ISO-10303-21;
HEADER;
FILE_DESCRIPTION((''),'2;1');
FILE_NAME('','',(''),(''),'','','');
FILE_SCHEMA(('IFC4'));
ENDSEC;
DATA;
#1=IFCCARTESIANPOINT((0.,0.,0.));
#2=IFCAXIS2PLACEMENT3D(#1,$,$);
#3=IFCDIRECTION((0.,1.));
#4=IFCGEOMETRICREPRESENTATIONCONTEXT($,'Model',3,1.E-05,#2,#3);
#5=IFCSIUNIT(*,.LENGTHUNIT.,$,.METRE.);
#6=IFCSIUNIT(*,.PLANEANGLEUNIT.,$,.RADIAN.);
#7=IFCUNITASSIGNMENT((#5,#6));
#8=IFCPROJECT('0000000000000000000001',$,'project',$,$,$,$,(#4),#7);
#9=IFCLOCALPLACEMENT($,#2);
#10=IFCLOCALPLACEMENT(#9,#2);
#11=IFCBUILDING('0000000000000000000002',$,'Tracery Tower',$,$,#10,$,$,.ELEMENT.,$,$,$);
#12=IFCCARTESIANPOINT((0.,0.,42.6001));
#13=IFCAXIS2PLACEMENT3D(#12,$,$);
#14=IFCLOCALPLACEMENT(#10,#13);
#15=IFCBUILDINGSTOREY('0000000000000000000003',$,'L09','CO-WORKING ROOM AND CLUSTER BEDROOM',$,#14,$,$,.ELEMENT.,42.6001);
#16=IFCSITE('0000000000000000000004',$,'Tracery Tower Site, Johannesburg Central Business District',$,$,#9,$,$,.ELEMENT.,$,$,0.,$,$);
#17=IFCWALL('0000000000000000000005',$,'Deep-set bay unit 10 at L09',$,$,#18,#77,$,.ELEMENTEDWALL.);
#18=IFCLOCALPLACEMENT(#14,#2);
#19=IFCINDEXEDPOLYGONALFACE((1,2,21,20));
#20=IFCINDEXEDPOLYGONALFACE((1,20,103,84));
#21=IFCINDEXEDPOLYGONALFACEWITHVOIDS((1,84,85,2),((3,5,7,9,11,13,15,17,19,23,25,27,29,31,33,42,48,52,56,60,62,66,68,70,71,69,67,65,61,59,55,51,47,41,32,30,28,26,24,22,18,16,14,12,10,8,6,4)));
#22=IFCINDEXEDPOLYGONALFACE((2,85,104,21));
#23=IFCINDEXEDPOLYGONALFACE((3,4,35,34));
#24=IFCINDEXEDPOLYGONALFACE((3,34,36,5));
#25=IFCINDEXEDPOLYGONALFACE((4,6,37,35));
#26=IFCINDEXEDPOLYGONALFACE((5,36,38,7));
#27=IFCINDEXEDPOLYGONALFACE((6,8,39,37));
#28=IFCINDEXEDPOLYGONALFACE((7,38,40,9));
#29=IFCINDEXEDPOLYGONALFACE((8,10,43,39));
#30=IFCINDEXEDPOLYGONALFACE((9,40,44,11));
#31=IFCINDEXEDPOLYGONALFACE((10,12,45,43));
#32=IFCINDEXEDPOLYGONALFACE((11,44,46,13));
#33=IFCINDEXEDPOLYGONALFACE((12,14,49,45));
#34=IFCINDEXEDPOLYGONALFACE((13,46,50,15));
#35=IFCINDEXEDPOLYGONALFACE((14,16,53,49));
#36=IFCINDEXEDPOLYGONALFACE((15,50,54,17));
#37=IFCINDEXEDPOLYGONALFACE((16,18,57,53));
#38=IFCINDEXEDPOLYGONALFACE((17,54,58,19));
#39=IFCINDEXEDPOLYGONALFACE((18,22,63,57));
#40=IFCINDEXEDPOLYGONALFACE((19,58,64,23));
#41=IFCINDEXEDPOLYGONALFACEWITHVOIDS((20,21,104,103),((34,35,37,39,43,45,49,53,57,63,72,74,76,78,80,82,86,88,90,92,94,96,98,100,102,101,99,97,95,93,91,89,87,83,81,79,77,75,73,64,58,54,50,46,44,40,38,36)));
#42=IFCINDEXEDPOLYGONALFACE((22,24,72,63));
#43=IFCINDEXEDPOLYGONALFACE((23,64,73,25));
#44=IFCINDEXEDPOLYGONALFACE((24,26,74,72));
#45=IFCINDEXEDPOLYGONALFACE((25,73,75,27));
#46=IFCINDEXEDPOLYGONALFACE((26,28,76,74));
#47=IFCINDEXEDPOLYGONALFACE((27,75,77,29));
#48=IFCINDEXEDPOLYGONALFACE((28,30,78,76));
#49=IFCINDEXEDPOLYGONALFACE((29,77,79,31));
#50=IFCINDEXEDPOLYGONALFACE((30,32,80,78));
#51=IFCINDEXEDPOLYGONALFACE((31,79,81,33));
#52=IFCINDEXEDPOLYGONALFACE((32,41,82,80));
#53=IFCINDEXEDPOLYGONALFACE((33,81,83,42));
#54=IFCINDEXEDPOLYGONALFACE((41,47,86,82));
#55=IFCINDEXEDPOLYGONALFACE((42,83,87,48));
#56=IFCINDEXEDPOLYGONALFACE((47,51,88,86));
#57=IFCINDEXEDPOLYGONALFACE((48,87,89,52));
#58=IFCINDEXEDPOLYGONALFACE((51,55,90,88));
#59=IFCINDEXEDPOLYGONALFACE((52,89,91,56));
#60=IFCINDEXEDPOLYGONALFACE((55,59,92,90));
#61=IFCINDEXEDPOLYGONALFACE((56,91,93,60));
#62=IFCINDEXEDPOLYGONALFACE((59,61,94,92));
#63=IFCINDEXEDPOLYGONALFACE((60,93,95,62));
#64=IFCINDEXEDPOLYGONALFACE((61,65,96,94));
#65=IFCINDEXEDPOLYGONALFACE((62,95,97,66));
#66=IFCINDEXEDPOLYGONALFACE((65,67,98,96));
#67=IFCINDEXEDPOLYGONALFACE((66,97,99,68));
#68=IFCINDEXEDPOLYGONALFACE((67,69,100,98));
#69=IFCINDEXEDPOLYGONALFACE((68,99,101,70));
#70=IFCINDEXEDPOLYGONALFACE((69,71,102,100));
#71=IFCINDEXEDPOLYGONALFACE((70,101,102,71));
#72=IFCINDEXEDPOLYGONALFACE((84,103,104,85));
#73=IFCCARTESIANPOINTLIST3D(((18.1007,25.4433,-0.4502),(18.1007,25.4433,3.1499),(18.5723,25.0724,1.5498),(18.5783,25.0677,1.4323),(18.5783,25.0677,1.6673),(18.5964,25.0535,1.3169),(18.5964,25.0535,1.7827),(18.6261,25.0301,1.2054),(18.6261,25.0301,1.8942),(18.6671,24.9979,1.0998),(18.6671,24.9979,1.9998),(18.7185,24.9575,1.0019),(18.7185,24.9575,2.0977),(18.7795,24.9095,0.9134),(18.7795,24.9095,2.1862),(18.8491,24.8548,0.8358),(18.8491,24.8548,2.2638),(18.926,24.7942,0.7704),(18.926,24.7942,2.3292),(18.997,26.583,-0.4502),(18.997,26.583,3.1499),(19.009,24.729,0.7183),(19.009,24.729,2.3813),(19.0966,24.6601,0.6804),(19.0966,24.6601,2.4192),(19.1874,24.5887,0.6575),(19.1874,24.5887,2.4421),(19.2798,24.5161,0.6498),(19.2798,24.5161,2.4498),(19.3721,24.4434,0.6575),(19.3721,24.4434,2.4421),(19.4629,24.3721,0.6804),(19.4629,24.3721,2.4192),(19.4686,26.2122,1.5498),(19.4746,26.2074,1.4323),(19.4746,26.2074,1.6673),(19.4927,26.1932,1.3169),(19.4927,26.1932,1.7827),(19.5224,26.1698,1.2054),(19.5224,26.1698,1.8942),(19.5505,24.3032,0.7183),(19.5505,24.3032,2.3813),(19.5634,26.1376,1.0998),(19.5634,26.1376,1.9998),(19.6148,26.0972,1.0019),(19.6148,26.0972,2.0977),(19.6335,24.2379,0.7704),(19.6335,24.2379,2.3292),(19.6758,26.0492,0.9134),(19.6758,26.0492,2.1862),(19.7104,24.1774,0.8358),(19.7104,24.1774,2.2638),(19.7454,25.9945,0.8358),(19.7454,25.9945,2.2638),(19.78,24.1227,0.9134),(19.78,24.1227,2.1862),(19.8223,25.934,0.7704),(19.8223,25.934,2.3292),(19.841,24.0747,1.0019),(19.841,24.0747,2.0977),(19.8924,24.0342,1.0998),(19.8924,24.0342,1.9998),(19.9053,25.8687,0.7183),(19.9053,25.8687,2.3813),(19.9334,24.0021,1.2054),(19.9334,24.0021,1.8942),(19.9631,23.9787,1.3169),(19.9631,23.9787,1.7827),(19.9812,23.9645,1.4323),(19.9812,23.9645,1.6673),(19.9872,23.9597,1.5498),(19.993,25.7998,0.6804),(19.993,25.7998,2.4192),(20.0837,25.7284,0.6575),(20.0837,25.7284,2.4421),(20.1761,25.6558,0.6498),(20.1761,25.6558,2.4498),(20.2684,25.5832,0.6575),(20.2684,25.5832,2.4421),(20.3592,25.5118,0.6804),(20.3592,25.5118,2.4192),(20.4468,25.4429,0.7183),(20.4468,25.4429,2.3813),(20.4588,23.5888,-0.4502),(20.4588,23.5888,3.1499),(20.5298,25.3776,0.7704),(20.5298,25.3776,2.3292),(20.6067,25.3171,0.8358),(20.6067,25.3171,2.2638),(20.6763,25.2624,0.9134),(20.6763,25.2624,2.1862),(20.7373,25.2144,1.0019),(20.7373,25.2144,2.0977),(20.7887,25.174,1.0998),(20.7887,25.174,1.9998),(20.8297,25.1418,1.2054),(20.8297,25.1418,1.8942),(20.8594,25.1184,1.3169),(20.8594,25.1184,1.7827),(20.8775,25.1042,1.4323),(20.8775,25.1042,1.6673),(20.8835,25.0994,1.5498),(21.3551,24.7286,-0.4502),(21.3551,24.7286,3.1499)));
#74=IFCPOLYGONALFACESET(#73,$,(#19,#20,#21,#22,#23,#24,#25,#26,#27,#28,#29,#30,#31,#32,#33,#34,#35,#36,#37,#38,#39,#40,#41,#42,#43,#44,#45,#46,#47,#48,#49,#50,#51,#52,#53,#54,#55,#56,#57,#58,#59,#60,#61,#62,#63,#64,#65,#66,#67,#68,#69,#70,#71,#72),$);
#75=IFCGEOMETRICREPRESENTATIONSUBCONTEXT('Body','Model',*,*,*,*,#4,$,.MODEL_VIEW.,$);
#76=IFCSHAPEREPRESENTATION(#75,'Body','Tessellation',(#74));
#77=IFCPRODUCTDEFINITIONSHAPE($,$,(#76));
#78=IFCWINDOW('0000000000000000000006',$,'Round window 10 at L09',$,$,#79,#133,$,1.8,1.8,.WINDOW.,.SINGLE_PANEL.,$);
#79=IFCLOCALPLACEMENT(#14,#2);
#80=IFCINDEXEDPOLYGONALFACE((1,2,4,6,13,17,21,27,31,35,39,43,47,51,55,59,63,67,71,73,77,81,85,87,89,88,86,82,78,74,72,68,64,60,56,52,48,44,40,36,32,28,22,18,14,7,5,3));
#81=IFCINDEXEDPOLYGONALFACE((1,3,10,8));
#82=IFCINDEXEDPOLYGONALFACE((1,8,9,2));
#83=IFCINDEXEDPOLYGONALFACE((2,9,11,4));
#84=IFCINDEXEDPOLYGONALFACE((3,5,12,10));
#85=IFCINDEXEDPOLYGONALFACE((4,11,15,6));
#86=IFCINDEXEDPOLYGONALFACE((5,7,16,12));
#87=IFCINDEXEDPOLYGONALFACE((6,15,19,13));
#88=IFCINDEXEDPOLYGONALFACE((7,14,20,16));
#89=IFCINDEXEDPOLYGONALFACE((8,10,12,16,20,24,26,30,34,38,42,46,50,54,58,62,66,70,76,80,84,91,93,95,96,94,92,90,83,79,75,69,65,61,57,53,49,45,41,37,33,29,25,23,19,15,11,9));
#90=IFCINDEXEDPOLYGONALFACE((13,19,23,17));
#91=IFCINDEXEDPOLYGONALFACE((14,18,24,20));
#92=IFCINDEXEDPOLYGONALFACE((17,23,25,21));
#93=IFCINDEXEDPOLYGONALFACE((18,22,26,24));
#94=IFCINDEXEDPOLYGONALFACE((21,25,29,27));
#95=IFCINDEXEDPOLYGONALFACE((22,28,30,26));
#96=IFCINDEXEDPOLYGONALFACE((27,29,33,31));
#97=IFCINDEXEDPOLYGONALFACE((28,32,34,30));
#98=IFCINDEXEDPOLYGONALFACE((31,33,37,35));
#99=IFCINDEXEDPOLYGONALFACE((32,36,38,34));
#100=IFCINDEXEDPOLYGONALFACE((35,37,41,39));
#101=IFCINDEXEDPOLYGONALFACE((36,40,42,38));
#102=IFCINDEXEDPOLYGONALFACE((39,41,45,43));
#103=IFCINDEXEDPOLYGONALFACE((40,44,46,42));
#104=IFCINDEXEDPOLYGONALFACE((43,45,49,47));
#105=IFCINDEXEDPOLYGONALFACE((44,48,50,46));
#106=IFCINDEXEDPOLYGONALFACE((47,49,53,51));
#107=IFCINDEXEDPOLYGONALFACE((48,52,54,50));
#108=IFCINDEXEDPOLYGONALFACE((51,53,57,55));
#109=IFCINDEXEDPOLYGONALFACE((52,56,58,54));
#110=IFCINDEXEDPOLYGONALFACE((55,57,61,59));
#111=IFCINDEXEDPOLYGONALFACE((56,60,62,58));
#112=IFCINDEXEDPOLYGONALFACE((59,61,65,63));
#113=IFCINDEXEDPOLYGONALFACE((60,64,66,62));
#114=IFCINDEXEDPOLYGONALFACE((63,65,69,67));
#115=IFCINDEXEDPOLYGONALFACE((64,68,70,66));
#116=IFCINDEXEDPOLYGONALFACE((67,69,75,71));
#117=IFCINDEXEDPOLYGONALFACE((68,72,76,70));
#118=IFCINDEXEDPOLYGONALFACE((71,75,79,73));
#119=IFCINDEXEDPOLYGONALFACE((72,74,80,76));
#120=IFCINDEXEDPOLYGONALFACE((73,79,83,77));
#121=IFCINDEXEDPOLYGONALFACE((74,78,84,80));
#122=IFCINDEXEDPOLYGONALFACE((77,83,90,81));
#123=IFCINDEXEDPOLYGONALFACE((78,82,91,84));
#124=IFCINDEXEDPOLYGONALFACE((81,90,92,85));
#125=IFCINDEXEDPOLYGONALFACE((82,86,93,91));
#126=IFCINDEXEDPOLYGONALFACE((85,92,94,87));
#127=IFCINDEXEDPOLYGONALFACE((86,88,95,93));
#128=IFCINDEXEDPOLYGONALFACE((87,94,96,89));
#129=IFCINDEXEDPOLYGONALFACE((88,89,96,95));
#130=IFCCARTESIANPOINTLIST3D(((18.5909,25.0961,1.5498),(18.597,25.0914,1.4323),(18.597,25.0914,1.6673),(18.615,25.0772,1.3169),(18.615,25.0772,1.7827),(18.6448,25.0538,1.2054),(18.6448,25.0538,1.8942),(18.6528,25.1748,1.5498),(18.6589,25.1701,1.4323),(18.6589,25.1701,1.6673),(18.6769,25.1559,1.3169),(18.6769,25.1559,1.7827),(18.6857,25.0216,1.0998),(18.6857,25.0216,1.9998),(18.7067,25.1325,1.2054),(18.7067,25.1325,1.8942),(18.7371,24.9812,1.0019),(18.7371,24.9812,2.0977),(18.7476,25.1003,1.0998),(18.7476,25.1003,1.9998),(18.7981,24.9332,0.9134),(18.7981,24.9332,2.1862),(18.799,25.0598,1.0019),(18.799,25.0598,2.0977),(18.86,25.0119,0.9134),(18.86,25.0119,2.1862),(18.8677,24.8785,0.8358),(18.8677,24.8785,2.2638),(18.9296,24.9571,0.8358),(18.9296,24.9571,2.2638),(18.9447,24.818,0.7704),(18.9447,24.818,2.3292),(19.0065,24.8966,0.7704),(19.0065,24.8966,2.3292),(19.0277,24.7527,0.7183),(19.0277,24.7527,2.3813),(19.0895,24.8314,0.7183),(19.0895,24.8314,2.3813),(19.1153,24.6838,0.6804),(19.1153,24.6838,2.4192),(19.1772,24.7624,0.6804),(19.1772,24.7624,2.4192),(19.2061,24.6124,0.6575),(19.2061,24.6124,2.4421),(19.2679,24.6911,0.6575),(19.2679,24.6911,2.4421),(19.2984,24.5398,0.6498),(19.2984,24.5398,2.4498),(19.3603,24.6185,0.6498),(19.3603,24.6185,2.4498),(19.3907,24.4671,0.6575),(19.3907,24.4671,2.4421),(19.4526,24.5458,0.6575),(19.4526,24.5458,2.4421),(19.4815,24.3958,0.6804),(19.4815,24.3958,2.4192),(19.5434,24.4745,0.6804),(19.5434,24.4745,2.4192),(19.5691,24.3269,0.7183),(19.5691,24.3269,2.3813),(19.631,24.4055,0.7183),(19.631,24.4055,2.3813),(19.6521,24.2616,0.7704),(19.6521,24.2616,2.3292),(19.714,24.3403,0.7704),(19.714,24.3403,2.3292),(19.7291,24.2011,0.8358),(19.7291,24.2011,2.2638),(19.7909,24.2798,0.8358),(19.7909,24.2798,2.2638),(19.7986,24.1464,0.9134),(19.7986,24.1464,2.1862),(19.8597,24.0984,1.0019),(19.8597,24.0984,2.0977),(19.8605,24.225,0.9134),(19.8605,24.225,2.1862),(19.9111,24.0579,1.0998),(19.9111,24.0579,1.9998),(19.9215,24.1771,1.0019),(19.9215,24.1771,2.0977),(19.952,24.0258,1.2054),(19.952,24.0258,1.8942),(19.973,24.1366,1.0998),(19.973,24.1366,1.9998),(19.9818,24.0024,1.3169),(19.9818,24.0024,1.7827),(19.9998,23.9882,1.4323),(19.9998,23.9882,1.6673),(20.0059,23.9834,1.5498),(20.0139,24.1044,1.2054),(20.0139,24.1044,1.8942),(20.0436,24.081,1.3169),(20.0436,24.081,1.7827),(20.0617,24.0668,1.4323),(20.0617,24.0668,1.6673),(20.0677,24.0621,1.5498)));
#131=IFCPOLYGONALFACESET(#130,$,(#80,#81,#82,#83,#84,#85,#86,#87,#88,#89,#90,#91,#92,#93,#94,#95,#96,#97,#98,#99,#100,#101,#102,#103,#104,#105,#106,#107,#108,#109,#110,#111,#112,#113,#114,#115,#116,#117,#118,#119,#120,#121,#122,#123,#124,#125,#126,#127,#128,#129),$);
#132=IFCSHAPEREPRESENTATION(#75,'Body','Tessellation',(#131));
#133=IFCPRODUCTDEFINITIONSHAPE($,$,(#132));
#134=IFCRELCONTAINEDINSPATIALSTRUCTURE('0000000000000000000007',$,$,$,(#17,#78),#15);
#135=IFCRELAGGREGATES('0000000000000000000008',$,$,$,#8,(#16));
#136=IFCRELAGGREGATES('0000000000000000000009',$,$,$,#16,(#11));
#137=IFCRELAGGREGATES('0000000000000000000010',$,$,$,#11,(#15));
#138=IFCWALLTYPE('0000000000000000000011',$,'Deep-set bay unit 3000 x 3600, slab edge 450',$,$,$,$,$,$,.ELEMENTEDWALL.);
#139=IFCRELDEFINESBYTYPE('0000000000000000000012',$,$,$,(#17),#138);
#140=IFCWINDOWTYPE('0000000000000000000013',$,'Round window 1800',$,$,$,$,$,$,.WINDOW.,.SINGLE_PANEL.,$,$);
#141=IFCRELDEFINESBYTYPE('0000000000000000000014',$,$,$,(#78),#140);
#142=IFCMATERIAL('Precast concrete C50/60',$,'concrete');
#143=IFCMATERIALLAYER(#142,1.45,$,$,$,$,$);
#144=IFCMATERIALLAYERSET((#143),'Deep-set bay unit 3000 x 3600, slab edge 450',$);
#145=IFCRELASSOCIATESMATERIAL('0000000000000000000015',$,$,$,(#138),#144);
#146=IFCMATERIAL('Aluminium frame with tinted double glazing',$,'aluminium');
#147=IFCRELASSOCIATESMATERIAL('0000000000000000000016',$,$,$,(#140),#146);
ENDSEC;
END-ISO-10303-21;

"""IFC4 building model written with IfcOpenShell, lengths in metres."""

from ifc_helpers import new_model, si_unit, direction, frame, frame_2d, origin, origin_2d, place, context, subcontext, project, spatial, rectangle, circle, extrude, material, layer, layer_set, type_object, element, fill, save


model = new_model("IFC4")

# Units and contexts
model_context = context("Model", 3, precision=1e-05, world=origin(), true_north=direction((0.0, 1.0)))
body_context = subcontext(model_context, "Body", "Model", "MODEL_VIEW")
ifc_project = project(units=[si_unit("LENGTHUNIT", "METRE"), si_unit("PLANEANGLEUNIT", "RADIAN")], contexts=[model_context])

# Site, building, storey
site_placement = place(None, origin())
site = spatial("IfcSite", under=ifc_project, at=site_placement, Name="Tracery Tower Site, Johannesburg Central Business District", CompositionType="ELEMENT", RefElevation=0.0)
building_placement = place(site_placement, origin())
building = spatial("IfcBuilding", under=site, at=building_placement, Name="Tracery Tower", CompositionType="ELEMENT")
storey_placement = place(building_placement, frame((0.0, 0.0, 42.6001)))
storey = spatial("IfcBuildingStorey", under=building, at=storey_placement, Name="L09", Description="CO-WORKING ROOM AND CLUSTER BEDROOM", CompositionType="ELEMENT", Elevation=42.6001)

# Wall, opening, window
ifc_material_1 = material(Name="Precast concrete C50/60", Category="concrete")
ifc_layer_1 = layer(ifc_material_1, 1.45)
ifc_layer_set_1 = layer_set([ifc_layer_1], Name="Deep-set bay unit 3000 x 3600, slab edge 450")
wall_type_1 = type_object("IfcWallType", Name="Deep-set bay unit 3000 x 3600, slab edge 450", PredefinedType="ELEMENTEDWALL", material=ifc_layer_set_1)
wall_1_placement = place(storey_placement, frame((20.907, 24.1587, -0.4502), z_axis=(0.0, 0.0, 1.0), x_axis=(-0.78605, 0.618163, 0.0)))
wall_1 = element("IfcWall", 1, at=wall_1_placement, inside=storey, type_object=wall_type_1, Name="Deep-set bay unit 10 at L09", PredefinedType="ELEMENTEDWALL", context=body_context, shape_type="SweptSolid", body=[
    extrude(rectangle(XDim=3.0, YDim=1.45, at=frame_2d((1.5, 0.0))), origin(), (0.0, 0.0, 1.0), 3.6001),
])
opening_1_placement = place(wall_1_placement, frame((1.5, 0.0, 2.0)))
opening_1 = element("IfcOpeningElement", 2, at=opening_1_placement, cuts=wall_1, PredefinedType="OPENING", context=body_context, shape_type="SweptSolid", body=[
    extrude(circle(Radius=0.9, at=origin_2d()), frame((0.0, 0.7349, 0.0), z_axis=(0.0, -1.0, 0.0), x_axis=(1.0, 0.0, 0.0)), (0.0, 0.0, 1.0), 1.47),
])
ifc_material_2 = material(Name="Aluminium frame with tinted double glazing", Category="aluminium")
window_type = type_object("IfcWindowType", Name="Round window 1800", PartitioningType="SINGLE_PANEL", PredefinedType="WINDOW", material=ifc_material_2)
window_1_placement = place(opening_1_placement, origin())
window_1 = element("IfcWindow", 3, at=window_1_placement, inside=storey, type_object=window_type, Name="Round window 10 at L09", OverallHeight=1.8, OverallWidth=1.8, PartitioningType="SINGLE_PANEL", PredefinedType="WINDOW", context=body_context, shape_type="SweptSolid", body=[
    extrude(circle(Radius=0.9, at=origin_2d()), frame((0.0, 0.6948, 0.0), z_axis=(0.0, -1.0, 0.0), x_axis=(1.0, 0.0, 0.0)), (0.0, 0.0, 1.0), 0.1001),
])
fill(opening_1, window_1)

save(model, "model.ifc")
